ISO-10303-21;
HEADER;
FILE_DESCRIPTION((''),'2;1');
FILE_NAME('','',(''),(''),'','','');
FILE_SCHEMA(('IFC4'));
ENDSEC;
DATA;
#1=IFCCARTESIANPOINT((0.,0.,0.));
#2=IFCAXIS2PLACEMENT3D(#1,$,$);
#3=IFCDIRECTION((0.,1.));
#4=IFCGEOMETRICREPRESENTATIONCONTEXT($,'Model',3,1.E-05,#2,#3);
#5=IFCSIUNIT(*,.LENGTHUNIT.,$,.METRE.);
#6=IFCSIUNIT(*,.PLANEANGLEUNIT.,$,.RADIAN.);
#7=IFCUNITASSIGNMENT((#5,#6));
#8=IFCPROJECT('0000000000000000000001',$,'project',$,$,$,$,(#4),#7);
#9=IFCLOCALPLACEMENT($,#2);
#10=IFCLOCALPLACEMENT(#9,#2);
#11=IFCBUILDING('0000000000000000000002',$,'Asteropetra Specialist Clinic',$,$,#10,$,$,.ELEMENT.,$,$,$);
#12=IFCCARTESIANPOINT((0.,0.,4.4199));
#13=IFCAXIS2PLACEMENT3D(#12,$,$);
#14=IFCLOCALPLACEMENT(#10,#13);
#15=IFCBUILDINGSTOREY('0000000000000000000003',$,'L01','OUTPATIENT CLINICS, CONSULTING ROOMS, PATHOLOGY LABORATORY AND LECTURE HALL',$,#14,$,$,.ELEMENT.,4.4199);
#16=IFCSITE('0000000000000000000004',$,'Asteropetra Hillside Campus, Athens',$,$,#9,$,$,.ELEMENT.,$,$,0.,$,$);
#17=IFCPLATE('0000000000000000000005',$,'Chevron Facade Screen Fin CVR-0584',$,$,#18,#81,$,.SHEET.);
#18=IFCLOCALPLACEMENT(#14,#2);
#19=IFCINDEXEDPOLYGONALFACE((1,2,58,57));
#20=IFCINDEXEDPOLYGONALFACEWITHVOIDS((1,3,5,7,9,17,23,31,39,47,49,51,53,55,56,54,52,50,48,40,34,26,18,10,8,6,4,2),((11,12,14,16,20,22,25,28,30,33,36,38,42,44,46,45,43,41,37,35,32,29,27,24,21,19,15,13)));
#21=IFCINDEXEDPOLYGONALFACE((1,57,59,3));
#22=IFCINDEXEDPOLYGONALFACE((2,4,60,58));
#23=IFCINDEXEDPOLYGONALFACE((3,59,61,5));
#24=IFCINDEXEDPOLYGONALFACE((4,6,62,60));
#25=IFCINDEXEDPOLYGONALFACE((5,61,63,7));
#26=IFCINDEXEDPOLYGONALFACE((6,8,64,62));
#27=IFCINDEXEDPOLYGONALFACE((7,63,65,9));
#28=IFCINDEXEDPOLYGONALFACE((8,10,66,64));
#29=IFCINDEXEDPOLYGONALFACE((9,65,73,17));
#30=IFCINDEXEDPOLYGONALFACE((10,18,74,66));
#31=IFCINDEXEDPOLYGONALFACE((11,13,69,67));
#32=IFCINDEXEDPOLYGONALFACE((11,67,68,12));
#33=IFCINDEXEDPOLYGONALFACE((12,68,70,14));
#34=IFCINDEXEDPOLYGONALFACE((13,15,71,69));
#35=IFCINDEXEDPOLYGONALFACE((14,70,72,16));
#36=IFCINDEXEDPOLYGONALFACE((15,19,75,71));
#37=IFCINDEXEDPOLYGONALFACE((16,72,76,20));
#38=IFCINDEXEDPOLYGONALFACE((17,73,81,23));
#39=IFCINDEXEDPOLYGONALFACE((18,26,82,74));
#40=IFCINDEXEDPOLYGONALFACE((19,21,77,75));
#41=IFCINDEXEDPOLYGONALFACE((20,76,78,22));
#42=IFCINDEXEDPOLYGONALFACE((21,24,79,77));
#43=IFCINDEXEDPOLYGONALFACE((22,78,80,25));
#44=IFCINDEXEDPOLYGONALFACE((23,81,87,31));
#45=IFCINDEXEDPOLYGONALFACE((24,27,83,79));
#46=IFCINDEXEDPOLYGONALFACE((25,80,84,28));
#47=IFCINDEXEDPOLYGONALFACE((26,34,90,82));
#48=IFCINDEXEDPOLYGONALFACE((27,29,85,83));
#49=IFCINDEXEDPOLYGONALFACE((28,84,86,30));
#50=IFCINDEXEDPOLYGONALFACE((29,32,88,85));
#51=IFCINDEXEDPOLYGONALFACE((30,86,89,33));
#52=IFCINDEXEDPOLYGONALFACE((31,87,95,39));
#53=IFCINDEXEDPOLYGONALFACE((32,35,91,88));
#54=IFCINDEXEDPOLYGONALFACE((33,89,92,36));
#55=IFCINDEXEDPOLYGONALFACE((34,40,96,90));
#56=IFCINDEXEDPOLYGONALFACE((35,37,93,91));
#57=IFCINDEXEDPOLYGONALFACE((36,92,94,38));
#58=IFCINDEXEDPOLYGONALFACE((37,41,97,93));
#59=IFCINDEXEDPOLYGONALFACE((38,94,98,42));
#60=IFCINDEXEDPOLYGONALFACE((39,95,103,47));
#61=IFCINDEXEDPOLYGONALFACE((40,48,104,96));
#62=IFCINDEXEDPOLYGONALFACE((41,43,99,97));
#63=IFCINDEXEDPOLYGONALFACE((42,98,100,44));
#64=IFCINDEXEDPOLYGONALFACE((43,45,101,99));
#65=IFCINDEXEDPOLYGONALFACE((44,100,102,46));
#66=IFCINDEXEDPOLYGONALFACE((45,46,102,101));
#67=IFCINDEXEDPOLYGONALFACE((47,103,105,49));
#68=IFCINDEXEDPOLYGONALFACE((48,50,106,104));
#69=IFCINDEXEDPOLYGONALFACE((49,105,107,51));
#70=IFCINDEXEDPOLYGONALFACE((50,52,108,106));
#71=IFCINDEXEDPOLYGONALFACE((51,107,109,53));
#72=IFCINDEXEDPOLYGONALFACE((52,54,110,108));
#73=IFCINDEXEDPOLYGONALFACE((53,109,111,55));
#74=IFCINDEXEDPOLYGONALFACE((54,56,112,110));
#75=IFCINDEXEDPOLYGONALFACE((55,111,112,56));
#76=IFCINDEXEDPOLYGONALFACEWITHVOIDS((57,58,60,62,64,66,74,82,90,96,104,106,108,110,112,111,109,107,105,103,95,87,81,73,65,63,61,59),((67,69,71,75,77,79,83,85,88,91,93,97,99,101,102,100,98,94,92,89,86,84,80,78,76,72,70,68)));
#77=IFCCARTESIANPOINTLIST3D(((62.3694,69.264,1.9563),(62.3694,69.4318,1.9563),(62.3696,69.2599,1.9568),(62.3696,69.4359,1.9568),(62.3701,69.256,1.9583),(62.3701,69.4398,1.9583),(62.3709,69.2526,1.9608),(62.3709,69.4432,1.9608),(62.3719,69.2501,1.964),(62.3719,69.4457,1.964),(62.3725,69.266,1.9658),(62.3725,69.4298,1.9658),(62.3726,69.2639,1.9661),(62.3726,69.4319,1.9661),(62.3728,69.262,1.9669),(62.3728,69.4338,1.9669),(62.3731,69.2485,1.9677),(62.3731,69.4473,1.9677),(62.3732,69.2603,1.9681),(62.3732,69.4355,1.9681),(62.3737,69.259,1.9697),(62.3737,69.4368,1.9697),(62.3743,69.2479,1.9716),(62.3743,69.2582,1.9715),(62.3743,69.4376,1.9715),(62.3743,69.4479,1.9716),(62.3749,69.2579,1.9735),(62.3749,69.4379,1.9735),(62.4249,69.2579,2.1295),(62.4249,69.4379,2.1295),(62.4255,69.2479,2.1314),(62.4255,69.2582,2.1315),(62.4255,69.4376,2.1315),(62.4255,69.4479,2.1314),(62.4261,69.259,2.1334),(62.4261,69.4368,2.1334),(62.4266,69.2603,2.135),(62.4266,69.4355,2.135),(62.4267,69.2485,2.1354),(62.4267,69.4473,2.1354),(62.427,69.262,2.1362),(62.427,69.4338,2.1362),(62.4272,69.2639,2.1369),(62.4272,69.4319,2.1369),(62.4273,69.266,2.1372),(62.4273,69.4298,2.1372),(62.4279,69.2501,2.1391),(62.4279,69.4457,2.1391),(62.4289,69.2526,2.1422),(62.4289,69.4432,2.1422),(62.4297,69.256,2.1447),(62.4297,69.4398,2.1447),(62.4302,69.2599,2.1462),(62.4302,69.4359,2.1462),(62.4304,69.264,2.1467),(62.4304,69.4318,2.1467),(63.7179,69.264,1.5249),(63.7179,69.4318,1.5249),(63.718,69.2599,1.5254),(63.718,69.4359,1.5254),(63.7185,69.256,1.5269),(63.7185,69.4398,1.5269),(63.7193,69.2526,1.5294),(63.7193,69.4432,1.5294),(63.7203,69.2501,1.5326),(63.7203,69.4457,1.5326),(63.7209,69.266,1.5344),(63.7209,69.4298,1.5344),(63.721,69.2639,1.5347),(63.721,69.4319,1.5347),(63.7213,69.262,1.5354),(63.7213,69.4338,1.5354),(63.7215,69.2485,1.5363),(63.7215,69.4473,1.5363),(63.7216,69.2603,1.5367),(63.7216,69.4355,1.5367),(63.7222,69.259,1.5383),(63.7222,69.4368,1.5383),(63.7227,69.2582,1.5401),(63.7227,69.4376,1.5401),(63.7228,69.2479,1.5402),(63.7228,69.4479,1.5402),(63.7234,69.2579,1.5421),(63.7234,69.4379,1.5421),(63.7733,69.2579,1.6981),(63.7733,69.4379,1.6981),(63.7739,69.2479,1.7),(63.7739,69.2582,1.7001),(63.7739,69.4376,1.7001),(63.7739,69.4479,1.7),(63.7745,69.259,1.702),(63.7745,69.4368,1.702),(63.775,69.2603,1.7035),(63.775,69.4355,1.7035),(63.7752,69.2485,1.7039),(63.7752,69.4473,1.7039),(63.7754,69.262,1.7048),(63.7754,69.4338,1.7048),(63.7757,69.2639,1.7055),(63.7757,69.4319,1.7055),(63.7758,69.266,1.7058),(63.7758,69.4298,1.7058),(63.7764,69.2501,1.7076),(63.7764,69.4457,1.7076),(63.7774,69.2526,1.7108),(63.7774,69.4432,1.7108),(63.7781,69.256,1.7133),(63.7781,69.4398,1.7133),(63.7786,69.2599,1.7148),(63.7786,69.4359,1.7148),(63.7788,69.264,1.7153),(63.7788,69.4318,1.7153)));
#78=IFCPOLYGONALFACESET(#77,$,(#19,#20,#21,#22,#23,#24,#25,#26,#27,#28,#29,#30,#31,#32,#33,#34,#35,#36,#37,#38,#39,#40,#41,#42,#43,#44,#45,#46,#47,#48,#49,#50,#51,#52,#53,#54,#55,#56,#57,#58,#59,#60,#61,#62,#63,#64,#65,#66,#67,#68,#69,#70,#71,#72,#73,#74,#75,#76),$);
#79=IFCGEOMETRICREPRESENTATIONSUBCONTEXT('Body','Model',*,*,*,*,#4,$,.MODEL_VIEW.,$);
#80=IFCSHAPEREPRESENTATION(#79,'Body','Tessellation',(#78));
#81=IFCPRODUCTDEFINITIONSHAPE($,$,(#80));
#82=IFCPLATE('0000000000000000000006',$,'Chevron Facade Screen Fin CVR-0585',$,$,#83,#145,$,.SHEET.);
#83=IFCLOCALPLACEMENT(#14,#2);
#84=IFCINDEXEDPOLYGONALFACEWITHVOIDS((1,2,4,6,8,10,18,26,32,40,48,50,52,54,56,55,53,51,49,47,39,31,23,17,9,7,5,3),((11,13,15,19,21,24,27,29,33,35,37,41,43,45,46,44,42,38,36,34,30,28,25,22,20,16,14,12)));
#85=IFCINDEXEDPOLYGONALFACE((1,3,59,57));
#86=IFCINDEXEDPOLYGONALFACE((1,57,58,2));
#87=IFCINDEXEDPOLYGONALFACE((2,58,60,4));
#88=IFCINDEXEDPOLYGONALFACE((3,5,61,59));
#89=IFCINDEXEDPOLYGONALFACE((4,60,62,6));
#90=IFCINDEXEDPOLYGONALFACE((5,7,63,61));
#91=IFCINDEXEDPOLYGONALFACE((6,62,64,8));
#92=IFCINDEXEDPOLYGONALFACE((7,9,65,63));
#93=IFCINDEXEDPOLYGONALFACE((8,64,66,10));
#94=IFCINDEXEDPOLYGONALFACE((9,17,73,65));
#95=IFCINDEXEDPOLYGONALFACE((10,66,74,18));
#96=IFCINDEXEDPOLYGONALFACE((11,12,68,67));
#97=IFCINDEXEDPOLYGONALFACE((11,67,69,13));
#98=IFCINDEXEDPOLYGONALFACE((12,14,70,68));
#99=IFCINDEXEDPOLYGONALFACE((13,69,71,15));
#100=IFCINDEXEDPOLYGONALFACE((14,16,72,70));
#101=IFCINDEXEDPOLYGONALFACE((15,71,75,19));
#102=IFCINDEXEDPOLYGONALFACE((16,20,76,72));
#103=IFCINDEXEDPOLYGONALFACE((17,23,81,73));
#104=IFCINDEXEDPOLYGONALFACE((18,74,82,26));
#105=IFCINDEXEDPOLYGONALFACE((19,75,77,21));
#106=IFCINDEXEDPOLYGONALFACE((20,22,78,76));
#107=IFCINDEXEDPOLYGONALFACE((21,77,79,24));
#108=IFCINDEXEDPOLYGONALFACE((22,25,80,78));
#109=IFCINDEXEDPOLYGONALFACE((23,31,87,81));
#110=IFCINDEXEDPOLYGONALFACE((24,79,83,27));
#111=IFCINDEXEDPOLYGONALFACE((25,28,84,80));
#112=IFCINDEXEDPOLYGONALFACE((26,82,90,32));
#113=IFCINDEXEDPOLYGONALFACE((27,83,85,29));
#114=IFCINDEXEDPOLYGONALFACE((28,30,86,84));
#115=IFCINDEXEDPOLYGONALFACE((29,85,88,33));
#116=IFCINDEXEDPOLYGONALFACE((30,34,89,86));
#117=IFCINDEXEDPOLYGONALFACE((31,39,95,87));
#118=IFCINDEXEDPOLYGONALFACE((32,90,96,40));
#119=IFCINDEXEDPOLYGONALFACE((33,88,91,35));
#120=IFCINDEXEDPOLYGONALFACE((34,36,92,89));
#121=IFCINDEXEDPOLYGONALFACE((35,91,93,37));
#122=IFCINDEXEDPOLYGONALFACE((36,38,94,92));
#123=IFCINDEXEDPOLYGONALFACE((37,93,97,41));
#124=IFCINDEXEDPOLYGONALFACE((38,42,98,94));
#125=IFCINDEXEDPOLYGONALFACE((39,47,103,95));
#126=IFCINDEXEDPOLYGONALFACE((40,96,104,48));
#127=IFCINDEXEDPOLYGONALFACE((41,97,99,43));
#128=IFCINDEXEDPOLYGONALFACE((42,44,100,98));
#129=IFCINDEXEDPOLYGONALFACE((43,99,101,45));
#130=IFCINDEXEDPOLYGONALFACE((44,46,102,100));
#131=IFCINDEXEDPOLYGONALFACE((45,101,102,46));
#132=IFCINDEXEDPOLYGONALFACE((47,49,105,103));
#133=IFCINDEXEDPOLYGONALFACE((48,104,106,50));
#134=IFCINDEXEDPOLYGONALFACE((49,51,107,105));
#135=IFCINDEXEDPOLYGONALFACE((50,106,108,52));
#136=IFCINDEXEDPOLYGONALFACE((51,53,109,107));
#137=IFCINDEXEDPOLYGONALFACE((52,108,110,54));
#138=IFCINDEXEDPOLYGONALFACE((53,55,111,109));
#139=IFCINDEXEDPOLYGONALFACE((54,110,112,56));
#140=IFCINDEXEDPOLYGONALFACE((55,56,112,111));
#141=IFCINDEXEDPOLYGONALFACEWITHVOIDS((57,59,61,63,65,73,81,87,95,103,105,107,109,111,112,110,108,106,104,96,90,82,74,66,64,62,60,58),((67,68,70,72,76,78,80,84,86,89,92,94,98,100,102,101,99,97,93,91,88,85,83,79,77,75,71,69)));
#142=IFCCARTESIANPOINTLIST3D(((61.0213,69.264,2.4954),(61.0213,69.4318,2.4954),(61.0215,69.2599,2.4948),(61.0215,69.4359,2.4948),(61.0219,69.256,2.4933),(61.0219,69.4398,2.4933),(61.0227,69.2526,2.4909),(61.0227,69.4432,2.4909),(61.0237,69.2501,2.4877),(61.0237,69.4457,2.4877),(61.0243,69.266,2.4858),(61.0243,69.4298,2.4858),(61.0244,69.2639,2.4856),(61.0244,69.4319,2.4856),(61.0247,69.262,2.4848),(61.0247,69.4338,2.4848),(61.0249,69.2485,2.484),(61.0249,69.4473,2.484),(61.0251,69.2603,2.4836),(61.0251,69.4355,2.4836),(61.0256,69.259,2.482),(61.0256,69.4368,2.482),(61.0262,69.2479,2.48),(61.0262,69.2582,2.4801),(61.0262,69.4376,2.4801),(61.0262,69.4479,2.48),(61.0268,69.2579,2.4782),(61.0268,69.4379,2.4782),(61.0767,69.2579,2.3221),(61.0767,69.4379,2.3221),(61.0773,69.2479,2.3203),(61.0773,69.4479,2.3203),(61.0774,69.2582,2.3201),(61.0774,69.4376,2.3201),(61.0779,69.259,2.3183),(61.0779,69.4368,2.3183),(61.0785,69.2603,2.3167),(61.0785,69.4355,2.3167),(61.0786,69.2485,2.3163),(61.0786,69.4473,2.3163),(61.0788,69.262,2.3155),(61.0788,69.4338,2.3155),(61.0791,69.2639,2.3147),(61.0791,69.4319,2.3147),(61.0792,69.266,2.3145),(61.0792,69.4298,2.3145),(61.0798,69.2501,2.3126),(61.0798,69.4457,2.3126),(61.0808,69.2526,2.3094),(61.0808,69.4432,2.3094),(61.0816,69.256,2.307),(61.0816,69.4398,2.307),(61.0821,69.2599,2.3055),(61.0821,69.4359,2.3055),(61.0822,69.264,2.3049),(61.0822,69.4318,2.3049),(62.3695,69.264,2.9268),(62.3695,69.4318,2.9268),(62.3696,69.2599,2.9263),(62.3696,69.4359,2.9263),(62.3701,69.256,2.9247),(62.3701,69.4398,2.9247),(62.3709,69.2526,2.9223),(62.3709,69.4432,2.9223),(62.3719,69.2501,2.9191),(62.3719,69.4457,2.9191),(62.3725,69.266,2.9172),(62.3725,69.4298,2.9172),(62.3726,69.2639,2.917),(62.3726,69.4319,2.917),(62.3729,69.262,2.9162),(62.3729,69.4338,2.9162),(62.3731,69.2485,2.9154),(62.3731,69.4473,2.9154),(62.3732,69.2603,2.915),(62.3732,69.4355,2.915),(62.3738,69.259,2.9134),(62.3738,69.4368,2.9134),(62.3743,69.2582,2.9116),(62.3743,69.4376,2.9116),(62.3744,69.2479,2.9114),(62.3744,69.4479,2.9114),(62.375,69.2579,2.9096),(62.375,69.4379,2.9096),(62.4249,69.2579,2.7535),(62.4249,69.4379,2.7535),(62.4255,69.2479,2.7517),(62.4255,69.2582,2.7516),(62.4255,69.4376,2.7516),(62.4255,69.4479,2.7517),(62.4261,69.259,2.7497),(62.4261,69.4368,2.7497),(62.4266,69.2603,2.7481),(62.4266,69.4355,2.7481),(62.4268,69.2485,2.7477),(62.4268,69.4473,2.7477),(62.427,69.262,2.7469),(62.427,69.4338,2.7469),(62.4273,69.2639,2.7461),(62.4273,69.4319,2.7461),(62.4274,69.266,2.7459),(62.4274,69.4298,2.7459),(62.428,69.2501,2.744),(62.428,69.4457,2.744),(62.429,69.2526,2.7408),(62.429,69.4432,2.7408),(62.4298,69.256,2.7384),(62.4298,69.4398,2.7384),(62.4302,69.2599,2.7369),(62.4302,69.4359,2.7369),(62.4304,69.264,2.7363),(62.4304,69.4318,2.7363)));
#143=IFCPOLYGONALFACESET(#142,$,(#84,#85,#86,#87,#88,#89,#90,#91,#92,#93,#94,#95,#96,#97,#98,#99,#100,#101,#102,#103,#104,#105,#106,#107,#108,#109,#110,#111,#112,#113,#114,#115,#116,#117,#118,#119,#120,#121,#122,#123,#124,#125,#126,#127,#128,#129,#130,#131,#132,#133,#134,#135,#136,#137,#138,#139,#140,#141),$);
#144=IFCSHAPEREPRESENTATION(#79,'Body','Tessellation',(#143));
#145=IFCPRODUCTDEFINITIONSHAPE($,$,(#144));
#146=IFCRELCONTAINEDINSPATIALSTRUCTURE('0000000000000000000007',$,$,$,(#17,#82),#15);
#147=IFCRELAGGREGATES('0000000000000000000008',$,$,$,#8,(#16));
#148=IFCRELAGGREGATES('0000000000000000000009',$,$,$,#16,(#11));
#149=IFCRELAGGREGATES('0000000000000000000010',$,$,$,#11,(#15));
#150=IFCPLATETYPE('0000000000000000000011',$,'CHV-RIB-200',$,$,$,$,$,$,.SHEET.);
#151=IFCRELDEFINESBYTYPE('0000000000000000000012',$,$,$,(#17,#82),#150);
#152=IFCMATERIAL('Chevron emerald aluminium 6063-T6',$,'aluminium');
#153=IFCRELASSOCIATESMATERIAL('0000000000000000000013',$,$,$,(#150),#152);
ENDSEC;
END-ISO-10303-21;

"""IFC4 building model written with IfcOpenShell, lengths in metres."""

from ifc_helpers import new_model, si_unit, direction, frame, origin, origin_2d, place, context, subcontext, project, spatial, hollow_rectangle, extrude, material, material_profile, profile_set, type_object, element, save


model = new_model("IFC4")

# Units and contexts
model_context = context("Model", 3, precision=1e-05, world=origin(), true_north=direction((0.0, 1.0)))
body_context = subcontext(model_context, "Body", "Model", "MODEL_VIEW")
ifc_project = project(units=[si_unit("LENGTHUNIT", "METRE"), si_unit("PLANEANGLEUNIT", "RADIAN")], contexts=[model_context])

# Site, building, storey
site_placement = place(None, origin())
site = spatial("IfcSite", under=ifc_project, at=site_placement, Name="Asteropetra Hillside Campus, Athens", CompositionType="ELEMENT", RefElevation=0.0)
building_placement = place(site_placement, origin())
building = spatial("IfcBuilding", under=site, at=building_placement, Name="Asteropetra Specialist Clinic", CompositionType="ELEMENT")
storey_placement = place(building_placement, frame((0.0, 0.0, 4.4199)))
storey = spatial("IfcBuildingStorey", under=building, at=storey_placement, Name="L01", Description="OUTPATIENT CLINICS, CONSULTING ROOMS, PATHOLOGY LABORATORY AND LECTURE HALL", CompositionType="ELEMENT", Elevation=4.4199)

# Plates
ifc_material_1 = material(Name="Chevron emerald aluminium 6063-T6", Category="aluminium")
ifc_material_profile = material_profile(ifc_material_1, hollow_rectangle(XDim=0.2, YDim=0.2, WallThickness=0.01, InnerFilletRadius=0.0081, OuterFilletRadius=0.0161, at=origin_2d()), Name="SHS 200x200x10.0")
ifc_profile_set = profile_set([ifc_material_profile], Name="Chevron emerald aluminium 6063-T6")
plate_type_1 = type_object("IfcPlateType", Name="CHV-RIB-200", PredefinedType="SHEET", material=ifc_profile_set)
plate_1_placement = place(storey_placement, frame((62.3999, 69.3479, 2.0515), z_axis=(0.952442, 0.0, -0.304719), x_axis=(0.0, 1.0, 0.0)))
element("IfcPlate", 1, at=plate_1_placement, inside=storey, type_object=plate_type_1, Name="Chevron Facade Screen Fin CVR-0584", PredefinedType="SHEET", context=body_context, shape_type="SweptSolid", body=[
    extrude(hollow_rectangle(XDim=0.2, YDim=0.2, WallThickness=0.01, InnerFilletRadius=0.0081, OuterFilletRadius=0.0161, at=origin_2d()), origin(), (0.0, 0.0, 1.0), 1.4158),
])
plate_2_placement = place(storey_placement, frame((61.0518, 69.3479, 2.4001), z_axis=(0.952426, 0.0, 0.304769), x_axis=(0.0, 1.0, 0.0)))
element("IfcPlate", 2, at=plate_2_placement, inside=storey, type_object=plate_type_1, Name="Chevron Facade Screen Fin CVR-0585", PredefinedType="SHEET", context=body_context, shape_type="SweptSolid", body=[
    extrude(hollow_rectangle(XDim=0.2, YDim=0.2, WallThickness=0.01, InnerFilletRadius=0.0081, OuterFilletRadius=0.0161, at=origin_2d()), origin(), (0.0, 0.0, 1.0), 1.4155),
])

save(model, "model.ifc")
